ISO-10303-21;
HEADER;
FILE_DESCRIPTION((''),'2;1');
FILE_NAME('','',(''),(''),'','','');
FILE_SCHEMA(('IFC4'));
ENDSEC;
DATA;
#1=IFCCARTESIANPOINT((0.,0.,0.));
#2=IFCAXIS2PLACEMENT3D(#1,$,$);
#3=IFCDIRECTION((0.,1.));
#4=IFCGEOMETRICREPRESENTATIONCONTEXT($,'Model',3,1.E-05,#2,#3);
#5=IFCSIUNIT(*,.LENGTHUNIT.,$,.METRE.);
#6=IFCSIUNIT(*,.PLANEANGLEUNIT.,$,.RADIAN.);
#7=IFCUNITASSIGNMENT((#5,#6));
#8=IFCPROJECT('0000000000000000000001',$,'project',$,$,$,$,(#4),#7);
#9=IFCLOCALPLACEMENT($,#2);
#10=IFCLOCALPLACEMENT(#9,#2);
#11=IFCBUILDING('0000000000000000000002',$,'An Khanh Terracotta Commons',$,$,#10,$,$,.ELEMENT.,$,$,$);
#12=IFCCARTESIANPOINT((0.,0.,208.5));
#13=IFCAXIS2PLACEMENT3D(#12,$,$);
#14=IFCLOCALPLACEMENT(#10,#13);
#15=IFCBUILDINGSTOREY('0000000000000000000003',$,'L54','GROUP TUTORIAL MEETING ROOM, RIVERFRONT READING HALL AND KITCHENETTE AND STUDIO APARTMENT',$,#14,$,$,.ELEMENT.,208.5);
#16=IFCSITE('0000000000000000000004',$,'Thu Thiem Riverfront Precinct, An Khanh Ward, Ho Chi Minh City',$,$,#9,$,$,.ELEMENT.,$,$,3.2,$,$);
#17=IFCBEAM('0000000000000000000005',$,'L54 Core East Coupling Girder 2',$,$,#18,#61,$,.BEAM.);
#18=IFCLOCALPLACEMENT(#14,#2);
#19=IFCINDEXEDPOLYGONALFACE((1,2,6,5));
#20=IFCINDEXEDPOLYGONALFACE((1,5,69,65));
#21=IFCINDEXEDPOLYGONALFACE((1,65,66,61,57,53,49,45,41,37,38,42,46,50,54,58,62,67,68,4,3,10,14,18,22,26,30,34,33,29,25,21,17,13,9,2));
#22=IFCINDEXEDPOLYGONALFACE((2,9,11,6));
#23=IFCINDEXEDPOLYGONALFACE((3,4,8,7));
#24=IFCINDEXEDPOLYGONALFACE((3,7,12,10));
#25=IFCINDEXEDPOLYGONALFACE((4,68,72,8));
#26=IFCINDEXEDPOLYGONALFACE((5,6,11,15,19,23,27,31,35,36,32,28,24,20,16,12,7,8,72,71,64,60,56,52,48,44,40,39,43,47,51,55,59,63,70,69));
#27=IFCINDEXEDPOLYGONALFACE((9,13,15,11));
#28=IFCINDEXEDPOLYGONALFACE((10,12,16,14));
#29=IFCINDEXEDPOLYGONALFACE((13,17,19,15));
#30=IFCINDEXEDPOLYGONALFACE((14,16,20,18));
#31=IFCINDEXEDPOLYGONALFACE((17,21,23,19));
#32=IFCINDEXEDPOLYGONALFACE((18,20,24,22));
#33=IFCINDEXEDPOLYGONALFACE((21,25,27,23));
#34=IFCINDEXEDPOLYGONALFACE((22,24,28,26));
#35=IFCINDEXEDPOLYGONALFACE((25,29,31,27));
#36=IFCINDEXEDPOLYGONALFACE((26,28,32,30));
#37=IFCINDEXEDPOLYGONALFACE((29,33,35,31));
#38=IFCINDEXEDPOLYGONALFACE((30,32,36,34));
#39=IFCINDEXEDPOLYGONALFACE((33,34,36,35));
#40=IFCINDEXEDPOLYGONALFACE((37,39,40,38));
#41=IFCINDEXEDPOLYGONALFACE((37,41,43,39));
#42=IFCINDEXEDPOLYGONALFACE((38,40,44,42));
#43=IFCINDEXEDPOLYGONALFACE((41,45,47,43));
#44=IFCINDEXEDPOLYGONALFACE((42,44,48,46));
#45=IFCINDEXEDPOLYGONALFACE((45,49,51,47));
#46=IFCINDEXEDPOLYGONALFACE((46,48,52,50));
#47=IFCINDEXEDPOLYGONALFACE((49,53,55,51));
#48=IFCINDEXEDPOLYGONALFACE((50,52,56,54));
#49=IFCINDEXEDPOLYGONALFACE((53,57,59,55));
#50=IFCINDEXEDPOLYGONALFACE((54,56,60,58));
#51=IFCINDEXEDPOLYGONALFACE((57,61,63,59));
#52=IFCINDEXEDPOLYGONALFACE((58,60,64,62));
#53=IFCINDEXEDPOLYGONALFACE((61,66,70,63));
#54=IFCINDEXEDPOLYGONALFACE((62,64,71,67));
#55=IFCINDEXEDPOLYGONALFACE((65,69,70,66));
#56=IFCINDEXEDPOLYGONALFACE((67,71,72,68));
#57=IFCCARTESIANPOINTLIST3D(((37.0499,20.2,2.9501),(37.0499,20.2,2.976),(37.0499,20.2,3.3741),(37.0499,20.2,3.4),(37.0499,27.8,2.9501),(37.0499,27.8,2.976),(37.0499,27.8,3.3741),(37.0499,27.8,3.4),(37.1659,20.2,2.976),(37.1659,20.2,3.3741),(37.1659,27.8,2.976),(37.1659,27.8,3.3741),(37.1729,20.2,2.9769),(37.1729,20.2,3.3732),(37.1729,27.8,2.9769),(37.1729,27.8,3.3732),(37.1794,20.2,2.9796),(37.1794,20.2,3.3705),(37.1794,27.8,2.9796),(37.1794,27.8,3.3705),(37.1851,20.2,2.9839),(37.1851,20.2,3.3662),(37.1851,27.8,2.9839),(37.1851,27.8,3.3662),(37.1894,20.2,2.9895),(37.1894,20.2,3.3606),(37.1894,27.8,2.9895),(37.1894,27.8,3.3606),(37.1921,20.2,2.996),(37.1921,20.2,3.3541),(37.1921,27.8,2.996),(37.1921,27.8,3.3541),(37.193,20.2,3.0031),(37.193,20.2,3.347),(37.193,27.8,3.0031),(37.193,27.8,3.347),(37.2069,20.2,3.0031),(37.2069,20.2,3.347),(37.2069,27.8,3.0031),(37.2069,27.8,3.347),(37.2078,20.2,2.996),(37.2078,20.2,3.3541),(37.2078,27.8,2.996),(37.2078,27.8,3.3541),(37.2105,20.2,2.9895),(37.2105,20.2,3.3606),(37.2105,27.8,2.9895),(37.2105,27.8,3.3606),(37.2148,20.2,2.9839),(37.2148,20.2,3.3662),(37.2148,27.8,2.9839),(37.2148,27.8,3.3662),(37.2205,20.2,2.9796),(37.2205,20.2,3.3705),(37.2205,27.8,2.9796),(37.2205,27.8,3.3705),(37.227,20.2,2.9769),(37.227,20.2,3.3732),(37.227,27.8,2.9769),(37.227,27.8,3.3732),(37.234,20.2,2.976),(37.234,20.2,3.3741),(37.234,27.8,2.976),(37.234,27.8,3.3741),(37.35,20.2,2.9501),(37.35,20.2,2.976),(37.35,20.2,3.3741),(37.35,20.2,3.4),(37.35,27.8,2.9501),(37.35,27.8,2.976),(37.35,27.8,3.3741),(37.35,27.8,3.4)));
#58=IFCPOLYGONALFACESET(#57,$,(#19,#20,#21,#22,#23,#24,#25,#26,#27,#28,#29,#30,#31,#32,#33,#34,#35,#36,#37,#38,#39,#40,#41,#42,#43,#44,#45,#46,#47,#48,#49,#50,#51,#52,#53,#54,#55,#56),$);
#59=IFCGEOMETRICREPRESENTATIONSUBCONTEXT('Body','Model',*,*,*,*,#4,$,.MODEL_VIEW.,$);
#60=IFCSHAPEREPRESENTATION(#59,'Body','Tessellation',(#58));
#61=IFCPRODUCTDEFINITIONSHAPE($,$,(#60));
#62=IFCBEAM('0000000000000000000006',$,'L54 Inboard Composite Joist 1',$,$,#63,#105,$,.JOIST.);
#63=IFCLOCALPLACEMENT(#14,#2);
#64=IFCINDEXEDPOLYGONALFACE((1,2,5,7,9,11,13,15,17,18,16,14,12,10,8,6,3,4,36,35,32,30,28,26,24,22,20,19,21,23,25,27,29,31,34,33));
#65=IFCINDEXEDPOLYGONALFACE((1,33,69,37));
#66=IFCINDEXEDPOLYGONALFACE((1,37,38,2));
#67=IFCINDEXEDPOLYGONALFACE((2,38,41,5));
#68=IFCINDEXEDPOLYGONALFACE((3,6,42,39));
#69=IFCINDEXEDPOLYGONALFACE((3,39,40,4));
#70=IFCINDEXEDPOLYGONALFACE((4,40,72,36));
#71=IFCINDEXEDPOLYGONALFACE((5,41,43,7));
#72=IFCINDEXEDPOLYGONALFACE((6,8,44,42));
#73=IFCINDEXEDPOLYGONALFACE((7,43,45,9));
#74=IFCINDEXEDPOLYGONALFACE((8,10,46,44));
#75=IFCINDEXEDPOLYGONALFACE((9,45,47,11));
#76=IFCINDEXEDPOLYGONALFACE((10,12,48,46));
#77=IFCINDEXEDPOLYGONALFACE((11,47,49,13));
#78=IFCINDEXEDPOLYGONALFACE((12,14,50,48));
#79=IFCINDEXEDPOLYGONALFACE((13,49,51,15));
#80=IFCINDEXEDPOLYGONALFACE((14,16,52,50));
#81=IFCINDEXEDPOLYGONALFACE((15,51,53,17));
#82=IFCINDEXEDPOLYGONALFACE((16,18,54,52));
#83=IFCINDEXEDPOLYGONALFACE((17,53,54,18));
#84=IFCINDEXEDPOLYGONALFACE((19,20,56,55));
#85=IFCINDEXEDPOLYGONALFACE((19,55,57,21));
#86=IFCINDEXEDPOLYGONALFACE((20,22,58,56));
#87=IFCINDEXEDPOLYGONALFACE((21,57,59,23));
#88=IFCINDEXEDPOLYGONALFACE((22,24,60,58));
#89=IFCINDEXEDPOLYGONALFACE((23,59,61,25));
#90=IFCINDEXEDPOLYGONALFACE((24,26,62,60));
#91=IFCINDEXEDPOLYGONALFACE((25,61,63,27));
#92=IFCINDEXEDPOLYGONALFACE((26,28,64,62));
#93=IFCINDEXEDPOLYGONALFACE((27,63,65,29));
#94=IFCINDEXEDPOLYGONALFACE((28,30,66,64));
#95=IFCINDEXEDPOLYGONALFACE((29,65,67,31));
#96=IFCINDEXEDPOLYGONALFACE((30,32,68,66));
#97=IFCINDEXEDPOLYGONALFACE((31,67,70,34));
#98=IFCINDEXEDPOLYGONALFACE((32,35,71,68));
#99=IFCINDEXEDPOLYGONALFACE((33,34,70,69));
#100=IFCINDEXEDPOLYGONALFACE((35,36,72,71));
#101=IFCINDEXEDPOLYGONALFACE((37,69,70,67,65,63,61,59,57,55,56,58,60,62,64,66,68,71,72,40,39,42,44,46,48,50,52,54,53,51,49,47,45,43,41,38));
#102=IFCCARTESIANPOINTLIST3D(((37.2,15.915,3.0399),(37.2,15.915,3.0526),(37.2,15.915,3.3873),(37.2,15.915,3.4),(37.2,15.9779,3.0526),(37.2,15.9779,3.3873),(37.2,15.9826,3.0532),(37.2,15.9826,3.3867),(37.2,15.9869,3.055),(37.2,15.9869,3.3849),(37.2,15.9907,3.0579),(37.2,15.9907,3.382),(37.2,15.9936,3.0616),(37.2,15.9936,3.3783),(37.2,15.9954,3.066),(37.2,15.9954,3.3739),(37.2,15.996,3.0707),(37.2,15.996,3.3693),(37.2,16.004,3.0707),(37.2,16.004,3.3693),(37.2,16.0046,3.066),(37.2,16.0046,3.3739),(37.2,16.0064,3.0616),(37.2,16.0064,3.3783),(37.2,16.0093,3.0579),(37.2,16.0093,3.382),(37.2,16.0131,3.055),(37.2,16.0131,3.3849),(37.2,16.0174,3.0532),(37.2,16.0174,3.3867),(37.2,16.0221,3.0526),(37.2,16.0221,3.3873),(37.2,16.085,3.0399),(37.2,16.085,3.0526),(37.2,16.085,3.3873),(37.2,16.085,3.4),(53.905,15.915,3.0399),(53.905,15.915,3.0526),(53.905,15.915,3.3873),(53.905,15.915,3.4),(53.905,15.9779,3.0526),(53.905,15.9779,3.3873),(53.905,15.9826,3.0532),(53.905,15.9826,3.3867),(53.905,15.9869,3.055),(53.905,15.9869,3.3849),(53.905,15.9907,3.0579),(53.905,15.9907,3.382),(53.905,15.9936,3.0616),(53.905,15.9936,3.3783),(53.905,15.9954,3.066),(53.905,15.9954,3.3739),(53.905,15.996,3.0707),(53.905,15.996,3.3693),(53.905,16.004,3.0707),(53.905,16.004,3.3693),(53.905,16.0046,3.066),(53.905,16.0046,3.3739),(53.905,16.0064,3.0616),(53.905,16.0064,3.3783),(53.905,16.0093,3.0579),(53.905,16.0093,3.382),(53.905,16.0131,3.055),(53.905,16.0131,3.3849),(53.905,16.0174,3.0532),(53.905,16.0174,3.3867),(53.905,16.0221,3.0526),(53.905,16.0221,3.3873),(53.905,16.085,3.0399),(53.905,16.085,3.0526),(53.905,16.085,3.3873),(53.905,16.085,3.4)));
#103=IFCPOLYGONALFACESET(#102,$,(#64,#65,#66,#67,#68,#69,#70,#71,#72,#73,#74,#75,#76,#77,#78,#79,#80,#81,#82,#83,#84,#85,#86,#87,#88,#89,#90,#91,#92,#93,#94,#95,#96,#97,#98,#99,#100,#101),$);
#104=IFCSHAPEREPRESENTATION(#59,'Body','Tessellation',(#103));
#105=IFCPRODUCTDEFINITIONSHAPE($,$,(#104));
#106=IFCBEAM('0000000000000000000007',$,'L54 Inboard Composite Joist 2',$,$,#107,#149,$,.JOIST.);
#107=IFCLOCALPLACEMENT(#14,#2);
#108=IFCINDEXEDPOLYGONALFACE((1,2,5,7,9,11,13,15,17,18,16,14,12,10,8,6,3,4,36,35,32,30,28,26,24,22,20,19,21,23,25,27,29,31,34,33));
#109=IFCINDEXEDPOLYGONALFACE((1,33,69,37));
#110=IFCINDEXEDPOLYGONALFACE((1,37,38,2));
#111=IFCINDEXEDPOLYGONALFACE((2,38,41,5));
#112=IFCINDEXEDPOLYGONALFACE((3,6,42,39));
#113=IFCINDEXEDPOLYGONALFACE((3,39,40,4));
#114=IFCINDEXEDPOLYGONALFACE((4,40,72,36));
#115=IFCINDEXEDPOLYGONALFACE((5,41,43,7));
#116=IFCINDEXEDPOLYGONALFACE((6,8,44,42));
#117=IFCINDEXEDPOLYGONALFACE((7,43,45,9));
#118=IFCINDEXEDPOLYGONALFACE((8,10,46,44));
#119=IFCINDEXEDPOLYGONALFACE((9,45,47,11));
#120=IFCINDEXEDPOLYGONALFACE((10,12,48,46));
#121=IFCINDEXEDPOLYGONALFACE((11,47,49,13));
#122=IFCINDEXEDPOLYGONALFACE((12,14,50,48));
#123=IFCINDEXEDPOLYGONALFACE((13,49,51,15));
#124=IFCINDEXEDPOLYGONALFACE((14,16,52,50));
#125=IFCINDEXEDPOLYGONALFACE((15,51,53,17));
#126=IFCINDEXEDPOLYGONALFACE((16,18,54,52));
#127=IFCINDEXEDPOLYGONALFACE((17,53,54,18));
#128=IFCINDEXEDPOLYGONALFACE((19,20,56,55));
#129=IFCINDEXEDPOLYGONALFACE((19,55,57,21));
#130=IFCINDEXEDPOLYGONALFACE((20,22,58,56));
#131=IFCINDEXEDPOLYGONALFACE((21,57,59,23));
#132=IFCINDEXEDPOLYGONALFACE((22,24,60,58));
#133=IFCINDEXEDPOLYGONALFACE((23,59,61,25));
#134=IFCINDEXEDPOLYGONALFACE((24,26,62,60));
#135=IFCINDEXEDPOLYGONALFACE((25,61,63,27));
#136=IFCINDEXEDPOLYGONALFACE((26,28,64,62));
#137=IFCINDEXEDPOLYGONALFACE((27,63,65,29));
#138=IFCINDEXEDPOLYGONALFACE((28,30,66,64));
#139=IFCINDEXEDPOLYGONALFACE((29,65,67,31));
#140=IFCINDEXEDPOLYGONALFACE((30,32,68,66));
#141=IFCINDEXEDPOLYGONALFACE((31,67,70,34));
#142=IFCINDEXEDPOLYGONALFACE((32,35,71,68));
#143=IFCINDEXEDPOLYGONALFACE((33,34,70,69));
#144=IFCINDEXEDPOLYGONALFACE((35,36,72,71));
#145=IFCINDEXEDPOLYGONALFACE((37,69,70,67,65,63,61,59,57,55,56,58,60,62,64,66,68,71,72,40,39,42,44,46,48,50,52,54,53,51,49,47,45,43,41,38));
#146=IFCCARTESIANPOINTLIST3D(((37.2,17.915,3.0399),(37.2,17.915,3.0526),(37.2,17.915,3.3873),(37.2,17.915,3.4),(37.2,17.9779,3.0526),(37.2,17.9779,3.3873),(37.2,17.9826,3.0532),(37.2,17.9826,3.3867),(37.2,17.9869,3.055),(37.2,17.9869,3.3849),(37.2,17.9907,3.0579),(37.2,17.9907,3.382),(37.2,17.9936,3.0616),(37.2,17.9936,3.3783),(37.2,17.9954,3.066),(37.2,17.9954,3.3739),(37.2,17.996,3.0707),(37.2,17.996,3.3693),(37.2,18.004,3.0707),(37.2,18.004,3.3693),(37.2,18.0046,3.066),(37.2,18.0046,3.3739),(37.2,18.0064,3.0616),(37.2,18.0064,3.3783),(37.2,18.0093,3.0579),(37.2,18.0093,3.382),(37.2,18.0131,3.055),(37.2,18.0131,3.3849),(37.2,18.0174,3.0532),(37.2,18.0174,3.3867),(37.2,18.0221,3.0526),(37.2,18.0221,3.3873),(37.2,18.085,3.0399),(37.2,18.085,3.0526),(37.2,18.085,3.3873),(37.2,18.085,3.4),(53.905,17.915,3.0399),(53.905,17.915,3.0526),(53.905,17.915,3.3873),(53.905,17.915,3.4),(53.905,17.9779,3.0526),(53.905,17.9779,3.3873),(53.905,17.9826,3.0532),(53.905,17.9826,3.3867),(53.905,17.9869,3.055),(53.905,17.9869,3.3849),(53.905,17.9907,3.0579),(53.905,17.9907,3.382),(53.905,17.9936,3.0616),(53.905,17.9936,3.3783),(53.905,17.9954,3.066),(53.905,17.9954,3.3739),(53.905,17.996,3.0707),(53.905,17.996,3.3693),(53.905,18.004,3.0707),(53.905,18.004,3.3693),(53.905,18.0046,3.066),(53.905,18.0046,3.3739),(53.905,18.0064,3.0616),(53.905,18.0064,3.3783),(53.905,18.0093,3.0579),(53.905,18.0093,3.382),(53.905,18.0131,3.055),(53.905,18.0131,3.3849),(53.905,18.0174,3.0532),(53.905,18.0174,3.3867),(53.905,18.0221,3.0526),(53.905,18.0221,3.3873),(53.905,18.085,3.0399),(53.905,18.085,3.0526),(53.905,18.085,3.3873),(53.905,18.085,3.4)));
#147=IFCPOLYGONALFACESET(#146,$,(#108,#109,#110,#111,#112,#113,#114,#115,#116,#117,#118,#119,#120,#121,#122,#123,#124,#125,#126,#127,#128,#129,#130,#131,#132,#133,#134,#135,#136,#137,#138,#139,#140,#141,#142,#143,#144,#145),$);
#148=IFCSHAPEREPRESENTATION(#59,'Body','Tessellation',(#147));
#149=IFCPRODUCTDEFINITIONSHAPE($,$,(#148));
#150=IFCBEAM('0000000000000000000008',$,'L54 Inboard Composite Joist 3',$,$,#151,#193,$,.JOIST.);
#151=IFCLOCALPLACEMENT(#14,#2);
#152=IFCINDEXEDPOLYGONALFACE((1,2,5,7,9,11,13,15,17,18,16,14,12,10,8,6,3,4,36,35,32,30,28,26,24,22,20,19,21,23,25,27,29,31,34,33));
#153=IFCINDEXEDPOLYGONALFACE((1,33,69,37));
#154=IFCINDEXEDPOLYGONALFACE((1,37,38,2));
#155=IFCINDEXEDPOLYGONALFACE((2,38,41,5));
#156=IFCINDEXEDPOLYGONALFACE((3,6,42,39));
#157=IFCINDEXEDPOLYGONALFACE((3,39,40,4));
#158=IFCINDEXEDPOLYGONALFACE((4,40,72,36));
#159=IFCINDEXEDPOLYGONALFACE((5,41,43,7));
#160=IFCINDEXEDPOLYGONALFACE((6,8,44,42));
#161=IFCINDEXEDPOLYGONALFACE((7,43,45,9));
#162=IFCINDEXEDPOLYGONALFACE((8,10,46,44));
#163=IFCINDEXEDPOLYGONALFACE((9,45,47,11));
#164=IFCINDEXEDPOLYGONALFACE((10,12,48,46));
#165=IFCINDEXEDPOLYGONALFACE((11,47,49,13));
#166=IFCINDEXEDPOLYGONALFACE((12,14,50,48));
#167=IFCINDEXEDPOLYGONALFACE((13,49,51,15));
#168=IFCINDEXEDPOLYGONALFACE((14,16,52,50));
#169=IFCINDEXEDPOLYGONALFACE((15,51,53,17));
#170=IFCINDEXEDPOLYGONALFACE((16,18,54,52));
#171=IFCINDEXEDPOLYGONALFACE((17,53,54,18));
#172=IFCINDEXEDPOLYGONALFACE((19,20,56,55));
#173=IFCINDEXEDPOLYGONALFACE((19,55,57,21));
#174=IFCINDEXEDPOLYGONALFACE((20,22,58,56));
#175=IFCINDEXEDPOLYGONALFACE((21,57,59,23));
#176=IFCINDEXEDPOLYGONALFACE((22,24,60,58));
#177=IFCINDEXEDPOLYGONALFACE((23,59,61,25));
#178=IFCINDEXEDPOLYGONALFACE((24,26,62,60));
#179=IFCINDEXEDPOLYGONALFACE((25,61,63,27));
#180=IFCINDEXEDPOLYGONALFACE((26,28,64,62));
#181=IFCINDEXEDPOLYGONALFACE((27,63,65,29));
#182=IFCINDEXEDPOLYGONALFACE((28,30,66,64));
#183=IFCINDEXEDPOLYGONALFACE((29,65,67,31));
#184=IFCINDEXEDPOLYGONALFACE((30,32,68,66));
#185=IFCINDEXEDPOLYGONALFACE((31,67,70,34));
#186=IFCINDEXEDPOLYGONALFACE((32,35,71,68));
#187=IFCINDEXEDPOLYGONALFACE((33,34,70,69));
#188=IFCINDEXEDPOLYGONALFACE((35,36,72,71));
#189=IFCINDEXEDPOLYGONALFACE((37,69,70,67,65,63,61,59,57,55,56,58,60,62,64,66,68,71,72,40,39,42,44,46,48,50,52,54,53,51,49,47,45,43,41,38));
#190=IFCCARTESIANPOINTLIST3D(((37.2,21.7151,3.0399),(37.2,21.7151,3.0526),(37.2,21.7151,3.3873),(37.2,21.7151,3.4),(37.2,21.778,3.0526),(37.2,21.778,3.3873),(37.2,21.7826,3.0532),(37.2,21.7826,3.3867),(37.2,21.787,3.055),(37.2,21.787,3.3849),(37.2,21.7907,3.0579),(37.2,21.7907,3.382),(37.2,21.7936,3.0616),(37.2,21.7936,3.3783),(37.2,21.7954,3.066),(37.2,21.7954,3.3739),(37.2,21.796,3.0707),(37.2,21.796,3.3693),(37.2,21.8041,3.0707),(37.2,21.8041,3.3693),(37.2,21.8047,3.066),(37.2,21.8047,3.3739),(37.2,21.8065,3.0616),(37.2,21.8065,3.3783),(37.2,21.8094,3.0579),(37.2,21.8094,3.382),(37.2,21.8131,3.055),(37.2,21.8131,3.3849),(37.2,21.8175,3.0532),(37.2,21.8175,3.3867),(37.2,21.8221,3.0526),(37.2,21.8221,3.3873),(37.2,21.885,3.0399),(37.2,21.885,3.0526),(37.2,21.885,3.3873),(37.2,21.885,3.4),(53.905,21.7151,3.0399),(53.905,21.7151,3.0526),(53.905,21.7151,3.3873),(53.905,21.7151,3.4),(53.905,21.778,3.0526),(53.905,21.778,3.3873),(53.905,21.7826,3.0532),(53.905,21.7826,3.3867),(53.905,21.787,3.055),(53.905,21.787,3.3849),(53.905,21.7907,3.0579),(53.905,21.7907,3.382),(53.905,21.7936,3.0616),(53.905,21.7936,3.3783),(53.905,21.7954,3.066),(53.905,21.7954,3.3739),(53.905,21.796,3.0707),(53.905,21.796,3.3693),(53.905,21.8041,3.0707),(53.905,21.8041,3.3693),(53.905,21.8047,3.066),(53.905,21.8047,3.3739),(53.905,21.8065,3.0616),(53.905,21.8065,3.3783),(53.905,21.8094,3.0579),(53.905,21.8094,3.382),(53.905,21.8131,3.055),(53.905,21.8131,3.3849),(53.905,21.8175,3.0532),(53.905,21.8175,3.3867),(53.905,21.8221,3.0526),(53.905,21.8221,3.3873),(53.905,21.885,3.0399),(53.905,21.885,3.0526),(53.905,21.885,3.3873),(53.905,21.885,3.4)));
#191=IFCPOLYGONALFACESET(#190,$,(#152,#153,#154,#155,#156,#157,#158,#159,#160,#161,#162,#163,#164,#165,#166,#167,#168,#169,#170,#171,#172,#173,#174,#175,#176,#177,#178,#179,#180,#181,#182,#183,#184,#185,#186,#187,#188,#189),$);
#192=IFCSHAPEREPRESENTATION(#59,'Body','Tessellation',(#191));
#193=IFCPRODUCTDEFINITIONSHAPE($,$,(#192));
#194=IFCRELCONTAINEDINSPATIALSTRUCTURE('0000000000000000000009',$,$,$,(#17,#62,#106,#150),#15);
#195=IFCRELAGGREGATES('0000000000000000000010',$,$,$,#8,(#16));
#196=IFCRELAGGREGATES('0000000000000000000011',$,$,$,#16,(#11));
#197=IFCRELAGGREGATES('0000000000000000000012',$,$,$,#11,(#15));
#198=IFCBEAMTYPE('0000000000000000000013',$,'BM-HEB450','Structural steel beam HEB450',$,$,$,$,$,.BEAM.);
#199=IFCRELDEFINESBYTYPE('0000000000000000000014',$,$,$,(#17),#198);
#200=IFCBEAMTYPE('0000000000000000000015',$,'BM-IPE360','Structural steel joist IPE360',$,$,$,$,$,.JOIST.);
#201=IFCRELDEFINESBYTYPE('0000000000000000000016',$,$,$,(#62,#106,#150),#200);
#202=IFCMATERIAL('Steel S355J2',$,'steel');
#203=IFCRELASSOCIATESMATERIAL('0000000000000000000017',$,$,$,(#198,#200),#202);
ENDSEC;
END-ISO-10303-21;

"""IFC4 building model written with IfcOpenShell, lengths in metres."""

from ifc_helpers import new_model, si_unit, direction, frame, origin, origin_2d, place, context, subcontext, project, spatial, i_section, extrude, material, material_profile, profile_set, type_object, element, save


model = new_model("IFC4")

# Units and contexts
model_context = context("Model", 3, precision=1e-05, world=origin(), true_north=direction((0.0, 1.0)))
body_context = subcontext(model_context, "Body", "Model", "MODEL_VIEW")
ifc_project = project(units=[si_unit("LENGTHUNIT", "METRE"), si_unit("PLANEANGLEUNIT", "RADIAN")], contexts=[model_context])

# Site, building, storey
site_placement = place(None, origin())
site = spatial("IfcSite", under=ifc_project, at=site_placement, Name="Thu Thiem Riverfront Precinct, An Khanh Ward, Ho Chi Minh City", CompositionType="ELEMENT", RefElevation=3.2)
building_placement = place(site_placement, origin())
building = spatial("IfcBuilding", under=site, at=building_placement, Name="An Khanh Terracotta Commons", CompositionType="ELEMENT")
storey_placement = place(building_placement, frame((0.0, 0.0, 208.5)))
storey = spatial("IfcBuildingStorey", under=building, at=storey_placement, Name="L54", Description="GROUP TUTORIAL MEETING ROOM, RIVERFRONT READING HALL AND KITCHENETTE AND STUDIO APARTMENT", CompositionType="ELEMENT", Elevation=208.5)

# Beams
ifc_material_1 = material(Name="Steel S355J2", Category="steel")
ifc_material_profile_1 = material_profile(ifc_material_1, i_section(OverallWidth=0.3, OverallDepth=0.45, WebThickness=0.0139, FlangeThickness=0.0259, FilletRadius=0.0271, at=origin_2d()), Name="HEB450")
ifc_profile_set_1 = profile_set([ifc_material_profile_1], Name="Steel S355J2")
beam_type_1 = type_object("IfcBeamType", Name="BM-HEB450", Description="Structural steel beam HEB450", PredefinedType="BEAM", material=ifc_profile_set_1)
beam_1_placement = place(storey_placement, frame((37.2, 20.2, 3.175), z_axis=(0.0, 1.0, 0.0), x_axis=(-1.0, 0.0, 0.0)))
element("IfcBeam", 1, at=beam_1_placement, inside=storey, type_object=beam_type_1, Name="L54 Core East Coupling Girder 2", PredefinedType="BEAM", context=body_context, shape_type="SweptSolid", body=[
    extrude(i_section(OverallWidth=0.3, OverallDepth=0.45, WebThickness=0.0139, FlangeThickness=0.0259, FilletRadius=0.0271, at=origin_2d()), origin(), (0.0, 0.0, 1.0), 7.6001),
])
ifc_material_profile_2 = material_profile(ifc_material_1, i_section(OverallWidth=0.1699, OverallDepth=0.3601, WebThickness=0.0081, FlangeThickness=0.0127, FilletRadius=0.0181, at=origin_2d()), Name="IPE360")
ifc_profile_set_2 = profile_set([ifc_material_profile_2], Name="Steel S355J2")
beam_type_2 = type_object("IfcBeamType", Name="BM-IPE360", Description="Structural steel joist IPE360", PredefinedType="JOIST", material=ifc_profile_set_2)
for number, where, z_axis, x_axis, name in (
    (2, (37.2, 16.0, 3.22), (1.0, 0.0, 0.0), (0.0, 1.0, 0.0), "L54 Inboard Composite Joist 1"),
    (3, (37.2, 18.0, 3.22), (1.0, 0.0, 0.0), (0.0, 1.0, 0.0), "L54 Inboard Composite Joist 2"),
    (4, (37.2, 21.8, 3.22), (1.0, 0.0, 0.0), (0.0, 1.0, 0.0), "L54 Inboard Composite Joist 3"),
):
    element("IfcBeam", number, at=place(storey_placement, frame(where, z_axis=z_axis, x_axis=x_axis)), inside=storey, type_object=beam_type_2, Name=name, PredefinedType="JOIST", context=body_context, shape_type="SweptSolid", body=[
        extrude(i_section(OverallWidth=0.1699, OverallDepth=0.3601, WebThickness=0.0081, FlangeThickness=0.0127, FilletRadius=0.0181, at=origin_2d()), origin(), (0.0, 0.0, 1.0), 16.7051),
    ])

save(model, "model.ifc")
